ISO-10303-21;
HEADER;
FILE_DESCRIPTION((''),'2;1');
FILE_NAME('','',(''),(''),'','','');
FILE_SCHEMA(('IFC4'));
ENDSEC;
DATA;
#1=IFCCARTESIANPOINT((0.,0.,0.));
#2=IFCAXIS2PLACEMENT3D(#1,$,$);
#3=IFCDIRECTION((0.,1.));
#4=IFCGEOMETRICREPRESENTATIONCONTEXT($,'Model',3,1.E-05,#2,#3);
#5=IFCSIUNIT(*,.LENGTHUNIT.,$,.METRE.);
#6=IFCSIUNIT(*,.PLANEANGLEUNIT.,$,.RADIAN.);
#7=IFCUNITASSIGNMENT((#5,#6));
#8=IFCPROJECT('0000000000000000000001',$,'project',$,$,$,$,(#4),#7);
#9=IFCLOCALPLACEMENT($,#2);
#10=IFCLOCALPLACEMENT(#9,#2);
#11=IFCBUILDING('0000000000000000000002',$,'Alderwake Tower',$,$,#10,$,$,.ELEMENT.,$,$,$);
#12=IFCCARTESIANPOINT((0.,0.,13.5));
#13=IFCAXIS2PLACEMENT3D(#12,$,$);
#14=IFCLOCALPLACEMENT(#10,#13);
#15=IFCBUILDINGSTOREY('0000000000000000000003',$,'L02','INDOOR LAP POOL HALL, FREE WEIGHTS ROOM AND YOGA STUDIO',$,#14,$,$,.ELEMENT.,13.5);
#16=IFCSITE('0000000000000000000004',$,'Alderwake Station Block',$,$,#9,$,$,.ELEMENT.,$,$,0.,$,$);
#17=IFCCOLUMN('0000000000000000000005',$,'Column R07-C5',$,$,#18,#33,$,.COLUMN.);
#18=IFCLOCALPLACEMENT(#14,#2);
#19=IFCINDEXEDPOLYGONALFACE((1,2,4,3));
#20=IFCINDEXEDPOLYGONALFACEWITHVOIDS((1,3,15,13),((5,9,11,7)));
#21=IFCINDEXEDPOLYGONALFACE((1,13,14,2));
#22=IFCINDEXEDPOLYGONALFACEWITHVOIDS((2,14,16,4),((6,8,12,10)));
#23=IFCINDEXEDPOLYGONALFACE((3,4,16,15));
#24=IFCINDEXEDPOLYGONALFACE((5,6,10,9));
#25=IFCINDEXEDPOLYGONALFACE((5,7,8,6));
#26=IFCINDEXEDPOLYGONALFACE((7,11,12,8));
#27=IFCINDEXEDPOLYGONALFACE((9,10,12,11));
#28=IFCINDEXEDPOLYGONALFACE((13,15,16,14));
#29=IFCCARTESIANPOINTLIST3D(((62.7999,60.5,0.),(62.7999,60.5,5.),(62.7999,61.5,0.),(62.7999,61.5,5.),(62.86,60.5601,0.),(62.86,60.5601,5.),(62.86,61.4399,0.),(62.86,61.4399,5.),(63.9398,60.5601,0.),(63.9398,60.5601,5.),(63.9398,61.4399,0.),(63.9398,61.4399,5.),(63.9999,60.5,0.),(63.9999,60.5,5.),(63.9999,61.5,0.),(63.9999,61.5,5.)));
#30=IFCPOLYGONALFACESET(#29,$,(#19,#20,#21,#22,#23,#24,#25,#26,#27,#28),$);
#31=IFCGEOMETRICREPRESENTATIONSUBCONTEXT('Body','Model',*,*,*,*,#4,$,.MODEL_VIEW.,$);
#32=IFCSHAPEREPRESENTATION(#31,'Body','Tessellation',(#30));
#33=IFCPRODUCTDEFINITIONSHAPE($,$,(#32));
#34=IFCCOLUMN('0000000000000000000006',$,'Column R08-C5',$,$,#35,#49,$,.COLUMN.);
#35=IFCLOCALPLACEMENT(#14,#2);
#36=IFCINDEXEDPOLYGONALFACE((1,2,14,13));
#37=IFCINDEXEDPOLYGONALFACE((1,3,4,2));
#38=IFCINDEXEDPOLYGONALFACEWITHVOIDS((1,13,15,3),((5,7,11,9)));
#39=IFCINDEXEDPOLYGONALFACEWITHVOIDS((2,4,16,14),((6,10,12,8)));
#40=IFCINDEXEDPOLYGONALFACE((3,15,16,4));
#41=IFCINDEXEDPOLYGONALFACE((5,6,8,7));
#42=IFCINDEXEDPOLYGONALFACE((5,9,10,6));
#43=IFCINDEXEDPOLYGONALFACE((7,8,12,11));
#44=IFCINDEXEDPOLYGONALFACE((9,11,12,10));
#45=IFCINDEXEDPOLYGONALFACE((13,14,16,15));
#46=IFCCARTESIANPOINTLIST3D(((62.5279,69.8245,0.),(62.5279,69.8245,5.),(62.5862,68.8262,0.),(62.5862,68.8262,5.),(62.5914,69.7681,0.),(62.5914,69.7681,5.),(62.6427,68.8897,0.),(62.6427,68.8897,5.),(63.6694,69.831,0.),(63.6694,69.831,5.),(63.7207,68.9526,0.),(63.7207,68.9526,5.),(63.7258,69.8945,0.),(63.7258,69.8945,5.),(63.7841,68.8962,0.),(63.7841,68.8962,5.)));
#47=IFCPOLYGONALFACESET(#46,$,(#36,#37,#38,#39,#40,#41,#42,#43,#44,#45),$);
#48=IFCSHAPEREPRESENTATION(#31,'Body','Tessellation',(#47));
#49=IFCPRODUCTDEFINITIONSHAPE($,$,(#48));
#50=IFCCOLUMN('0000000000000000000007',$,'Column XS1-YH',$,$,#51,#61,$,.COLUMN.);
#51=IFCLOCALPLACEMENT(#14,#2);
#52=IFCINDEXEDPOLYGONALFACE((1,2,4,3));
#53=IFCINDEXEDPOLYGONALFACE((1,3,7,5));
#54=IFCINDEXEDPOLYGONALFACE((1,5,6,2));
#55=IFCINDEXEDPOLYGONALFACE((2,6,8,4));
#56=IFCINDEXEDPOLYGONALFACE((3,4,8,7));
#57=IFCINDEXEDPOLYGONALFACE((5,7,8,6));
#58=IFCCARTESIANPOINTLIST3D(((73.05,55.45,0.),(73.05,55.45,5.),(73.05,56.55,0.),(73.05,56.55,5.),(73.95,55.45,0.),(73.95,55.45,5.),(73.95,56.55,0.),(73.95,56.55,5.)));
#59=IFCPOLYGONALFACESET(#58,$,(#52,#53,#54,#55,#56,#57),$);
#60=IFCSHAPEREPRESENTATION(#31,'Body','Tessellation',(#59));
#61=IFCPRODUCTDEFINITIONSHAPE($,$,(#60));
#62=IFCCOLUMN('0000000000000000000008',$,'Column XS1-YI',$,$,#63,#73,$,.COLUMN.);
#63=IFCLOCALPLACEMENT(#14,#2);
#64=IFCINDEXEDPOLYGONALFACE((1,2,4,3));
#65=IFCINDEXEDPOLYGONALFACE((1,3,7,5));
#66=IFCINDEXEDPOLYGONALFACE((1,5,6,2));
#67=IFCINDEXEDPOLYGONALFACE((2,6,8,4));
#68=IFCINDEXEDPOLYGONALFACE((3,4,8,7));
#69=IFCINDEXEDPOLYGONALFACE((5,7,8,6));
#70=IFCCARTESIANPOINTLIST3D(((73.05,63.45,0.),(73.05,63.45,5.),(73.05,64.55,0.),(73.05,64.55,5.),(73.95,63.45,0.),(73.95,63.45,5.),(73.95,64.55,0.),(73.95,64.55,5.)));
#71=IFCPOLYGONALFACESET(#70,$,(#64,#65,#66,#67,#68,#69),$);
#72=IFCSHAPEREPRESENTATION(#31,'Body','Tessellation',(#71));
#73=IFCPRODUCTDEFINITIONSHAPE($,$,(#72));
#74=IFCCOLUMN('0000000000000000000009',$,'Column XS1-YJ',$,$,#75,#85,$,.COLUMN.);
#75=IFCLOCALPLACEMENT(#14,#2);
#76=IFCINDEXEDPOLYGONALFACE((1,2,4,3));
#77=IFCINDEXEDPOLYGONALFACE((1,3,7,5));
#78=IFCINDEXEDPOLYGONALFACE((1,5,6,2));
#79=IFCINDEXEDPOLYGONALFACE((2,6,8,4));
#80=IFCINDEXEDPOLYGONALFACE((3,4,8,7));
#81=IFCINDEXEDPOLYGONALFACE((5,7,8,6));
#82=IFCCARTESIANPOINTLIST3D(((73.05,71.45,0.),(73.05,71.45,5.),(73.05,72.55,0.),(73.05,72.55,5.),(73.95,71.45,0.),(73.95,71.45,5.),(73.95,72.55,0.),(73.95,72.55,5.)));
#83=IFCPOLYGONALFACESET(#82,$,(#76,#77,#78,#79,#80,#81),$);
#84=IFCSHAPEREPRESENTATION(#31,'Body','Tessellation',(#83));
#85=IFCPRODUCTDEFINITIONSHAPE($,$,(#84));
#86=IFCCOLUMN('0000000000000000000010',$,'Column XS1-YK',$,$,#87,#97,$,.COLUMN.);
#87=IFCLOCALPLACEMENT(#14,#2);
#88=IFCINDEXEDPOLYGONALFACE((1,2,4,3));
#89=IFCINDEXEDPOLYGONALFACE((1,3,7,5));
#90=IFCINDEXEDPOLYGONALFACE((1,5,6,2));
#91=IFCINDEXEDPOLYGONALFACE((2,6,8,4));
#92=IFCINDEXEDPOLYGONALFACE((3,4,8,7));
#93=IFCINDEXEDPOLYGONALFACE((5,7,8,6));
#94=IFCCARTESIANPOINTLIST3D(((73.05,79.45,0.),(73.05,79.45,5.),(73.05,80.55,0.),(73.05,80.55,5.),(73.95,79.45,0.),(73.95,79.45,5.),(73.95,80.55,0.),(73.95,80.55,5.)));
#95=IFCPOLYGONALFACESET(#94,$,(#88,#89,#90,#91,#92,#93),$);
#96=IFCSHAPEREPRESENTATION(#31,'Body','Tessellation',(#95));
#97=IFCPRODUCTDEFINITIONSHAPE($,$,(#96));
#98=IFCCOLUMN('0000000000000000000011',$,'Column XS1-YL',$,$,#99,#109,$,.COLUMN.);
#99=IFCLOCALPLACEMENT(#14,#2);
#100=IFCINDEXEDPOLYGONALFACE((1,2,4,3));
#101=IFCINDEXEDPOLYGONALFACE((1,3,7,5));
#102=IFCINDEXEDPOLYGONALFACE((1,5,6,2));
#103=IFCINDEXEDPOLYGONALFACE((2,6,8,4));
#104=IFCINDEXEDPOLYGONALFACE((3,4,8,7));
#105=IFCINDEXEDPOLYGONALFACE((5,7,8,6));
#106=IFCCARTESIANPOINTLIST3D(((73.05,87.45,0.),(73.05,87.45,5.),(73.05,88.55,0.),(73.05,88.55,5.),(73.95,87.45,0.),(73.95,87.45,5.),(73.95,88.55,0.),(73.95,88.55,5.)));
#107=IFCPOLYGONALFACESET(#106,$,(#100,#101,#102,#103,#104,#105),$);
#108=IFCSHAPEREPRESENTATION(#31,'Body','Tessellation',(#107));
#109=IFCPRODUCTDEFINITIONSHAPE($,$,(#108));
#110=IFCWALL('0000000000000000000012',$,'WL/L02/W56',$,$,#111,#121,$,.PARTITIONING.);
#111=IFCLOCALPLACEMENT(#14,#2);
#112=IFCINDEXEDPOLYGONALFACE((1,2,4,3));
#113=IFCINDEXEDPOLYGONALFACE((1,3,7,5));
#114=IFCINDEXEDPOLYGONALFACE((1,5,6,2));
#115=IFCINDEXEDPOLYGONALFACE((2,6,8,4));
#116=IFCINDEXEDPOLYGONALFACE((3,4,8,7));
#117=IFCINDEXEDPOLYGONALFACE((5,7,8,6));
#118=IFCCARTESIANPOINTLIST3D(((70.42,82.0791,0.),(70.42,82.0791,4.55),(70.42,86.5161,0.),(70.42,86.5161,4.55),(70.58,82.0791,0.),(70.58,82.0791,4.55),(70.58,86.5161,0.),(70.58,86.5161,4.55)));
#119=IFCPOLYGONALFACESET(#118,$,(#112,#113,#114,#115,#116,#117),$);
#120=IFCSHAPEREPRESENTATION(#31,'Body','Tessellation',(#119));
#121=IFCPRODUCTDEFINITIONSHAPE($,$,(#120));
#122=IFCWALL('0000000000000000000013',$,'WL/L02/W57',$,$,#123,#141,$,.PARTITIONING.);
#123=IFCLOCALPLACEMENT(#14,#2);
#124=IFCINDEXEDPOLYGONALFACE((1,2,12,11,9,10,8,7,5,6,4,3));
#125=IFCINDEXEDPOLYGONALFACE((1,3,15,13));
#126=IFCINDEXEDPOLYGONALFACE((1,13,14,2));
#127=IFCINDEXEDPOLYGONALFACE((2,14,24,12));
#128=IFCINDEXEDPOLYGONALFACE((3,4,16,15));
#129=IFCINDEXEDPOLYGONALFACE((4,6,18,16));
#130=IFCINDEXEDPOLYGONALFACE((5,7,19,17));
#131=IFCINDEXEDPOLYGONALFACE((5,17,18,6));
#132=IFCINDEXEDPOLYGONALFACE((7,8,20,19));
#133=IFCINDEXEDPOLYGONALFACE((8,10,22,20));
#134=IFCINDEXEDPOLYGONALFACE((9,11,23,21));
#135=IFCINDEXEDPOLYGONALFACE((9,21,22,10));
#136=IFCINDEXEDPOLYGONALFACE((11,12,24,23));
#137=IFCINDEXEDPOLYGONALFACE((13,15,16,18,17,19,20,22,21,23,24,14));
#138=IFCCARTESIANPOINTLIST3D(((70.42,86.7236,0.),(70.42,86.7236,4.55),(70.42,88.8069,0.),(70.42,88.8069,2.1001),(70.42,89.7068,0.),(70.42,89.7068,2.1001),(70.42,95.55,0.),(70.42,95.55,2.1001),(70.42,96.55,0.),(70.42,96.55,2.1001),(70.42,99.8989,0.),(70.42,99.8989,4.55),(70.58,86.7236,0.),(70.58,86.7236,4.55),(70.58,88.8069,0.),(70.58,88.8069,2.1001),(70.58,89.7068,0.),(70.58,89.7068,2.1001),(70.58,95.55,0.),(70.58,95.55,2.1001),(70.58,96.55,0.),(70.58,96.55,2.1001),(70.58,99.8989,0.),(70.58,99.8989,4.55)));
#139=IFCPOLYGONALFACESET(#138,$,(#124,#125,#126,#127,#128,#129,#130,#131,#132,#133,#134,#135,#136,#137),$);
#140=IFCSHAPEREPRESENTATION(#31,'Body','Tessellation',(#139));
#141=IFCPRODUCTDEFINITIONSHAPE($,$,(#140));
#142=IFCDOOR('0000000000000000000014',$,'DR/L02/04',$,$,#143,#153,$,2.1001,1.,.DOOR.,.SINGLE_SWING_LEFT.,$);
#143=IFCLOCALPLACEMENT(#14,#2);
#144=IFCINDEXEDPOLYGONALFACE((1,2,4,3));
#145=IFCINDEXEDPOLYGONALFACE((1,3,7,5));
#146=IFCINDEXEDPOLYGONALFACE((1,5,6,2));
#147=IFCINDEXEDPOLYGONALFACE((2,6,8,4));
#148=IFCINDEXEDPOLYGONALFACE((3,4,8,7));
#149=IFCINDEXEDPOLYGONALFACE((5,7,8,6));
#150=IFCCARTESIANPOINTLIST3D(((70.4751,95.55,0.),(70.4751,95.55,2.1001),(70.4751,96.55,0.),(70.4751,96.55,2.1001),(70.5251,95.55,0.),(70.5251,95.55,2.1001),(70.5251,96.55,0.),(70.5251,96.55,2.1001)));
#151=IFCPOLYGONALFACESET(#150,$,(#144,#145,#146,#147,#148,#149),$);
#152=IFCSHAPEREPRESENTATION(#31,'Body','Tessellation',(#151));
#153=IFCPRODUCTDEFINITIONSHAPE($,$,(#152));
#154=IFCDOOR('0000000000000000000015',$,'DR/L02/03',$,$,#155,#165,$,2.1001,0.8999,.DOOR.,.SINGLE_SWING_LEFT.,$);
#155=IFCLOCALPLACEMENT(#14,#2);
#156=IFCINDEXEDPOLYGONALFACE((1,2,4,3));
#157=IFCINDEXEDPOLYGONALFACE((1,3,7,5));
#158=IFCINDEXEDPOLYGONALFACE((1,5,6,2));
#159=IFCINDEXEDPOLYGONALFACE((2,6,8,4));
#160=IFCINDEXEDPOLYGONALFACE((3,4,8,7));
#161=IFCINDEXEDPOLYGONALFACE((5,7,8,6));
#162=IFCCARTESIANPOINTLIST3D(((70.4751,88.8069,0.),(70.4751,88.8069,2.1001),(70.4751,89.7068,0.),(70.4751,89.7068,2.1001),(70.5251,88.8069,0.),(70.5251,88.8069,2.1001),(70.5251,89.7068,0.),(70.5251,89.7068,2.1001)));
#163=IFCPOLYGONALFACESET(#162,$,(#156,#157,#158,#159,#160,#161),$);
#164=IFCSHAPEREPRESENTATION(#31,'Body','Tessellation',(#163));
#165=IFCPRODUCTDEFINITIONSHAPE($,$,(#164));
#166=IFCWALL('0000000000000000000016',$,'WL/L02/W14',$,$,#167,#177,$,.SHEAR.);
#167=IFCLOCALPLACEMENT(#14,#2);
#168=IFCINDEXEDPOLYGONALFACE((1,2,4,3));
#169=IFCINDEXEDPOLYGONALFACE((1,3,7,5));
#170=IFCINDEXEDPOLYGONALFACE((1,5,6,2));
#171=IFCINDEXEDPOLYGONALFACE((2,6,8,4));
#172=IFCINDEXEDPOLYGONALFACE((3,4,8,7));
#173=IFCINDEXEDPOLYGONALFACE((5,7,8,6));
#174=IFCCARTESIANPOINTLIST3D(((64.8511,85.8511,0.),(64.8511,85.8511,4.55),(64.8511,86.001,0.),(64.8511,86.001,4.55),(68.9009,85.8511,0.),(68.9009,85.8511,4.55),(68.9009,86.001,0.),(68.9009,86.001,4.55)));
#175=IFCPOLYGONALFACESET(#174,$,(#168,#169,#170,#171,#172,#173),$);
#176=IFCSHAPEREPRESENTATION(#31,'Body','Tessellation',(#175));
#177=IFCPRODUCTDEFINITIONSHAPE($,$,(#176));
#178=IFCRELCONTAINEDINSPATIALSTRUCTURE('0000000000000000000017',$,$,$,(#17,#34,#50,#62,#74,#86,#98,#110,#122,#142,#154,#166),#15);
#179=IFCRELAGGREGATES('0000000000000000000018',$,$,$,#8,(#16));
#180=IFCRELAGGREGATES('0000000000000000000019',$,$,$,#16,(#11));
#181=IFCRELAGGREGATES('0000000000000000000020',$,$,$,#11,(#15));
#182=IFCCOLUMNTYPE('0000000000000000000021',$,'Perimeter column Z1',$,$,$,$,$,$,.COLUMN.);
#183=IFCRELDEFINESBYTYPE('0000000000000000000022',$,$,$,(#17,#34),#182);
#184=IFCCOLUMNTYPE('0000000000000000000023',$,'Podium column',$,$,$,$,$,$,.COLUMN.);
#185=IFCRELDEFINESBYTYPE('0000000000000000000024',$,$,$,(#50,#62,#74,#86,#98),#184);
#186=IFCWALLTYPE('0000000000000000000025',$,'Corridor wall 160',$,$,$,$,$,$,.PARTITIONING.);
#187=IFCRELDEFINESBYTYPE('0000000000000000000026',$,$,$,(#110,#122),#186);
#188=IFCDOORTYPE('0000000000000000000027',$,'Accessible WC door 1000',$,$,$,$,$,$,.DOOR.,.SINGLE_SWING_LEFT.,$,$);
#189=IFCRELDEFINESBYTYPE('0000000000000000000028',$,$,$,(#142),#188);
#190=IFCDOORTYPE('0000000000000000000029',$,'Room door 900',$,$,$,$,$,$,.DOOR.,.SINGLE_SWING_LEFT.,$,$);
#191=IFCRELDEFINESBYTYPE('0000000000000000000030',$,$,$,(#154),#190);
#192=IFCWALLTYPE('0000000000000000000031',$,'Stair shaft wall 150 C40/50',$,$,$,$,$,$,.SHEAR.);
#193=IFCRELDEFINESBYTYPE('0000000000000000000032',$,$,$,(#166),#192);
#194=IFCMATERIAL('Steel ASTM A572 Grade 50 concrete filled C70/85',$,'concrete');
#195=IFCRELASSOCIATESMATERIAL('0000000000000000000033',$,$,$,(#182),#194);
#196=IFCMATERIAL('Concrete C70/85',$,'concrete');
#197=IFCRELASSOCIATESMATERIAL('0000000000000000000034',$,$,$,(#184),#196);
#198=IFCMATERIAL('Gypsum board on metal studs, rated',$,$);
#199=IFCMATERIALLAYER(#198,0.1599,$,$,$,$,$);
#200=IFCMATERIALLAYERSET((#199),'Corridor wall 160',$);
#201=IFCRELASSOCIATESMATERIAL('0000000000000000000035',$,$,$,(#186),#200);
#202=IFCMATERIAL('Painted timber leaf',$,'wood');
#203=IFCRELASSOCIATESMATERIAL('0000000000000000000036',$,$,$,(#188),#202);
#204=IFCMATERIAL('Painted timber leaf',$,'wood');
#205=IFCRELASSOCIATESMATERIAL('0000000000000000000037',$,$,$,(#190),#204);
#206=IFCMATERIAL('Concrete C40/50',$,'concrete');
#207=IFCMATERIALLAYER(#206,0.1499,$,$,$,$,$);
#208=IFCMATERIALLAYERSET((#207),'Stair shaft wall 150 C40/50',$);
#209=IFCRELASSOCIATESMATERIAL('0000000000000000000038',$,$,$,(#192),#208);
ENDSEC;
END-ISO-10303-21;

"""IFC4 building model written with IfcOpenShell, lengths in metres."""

from ifc_helpers import new_model, si_unit, direction, frame, frame_2d, origin, origin_2d, place, context, subcontext, project, spatial, rectangle, hollow_rectangle, extrude, material, layer, layer_set, material_profile, profile_set, type_object, element, fill, save


model = new_model("IFC4")

# Units and contexts
model_context = context("Model", 3, precision=1e-05, world=origin(), true_north=direction((0.0, 1.0)))
body_context = subcontext(model_context, "Body", "Model", "MODEL_VIEW")
ifc_project = project(units=[si_unit("LENGTHUNIT", "METRE"), si_unit("PLANEANGLEUNIT", "RADIAN")], contexts=[model_context])

# Site, building, storey
site_placement = place(None, origin())
site = spatial("IfcSite", under=ifc_project, at=site_placement, Name="Alderwake Station Block", CompositionType="ELEMENT", RefElevation=0.0)
building_placement = place(site_placement, origin())
building = spatial("IfcBuilding", under=site, at=building_placement, Name="Alderwake Tower", CompositionType="ELEMENT")
storey_placement = place(building_placement, frame((0.0, 0.0, 13.5)))
storey = spatial("IfcBuildingStorey", under=building, at=storey_placement, Name="L02", Description="INDOOR LAP POOL HALL, FREE WEIGHTS ROOM AND YOGA STUDIO", CompositionType="ELEMENT", Elevation=13.5)

# Columns
ifc_material_1 = material(Name="Steel ASTM A572 Grade 50 concrete filled C70/85", Category="concrete")
ifc_material_profile_1 = material_profile(ifc_material_1, hollow_rectangle(XDim=1.0, YDim=1.2, WallThickness=0.0601, at=origin_2d()), Name="BOX 1200X1000X60")
ifc_profile_set_1 = profile_set([ifc_material_profile_1], Name="Steel ASTM A572 Grade 50 concrete filled C70/85")
column_type_1 = type_object("IfcColumnType", Name="Perimeter column Z1", PredefinedType="COLUMN", material=ifc_profile_set_1)
for number, where, z_axis, x_axis, name in (
    (1, (63.3999, 61.0, 0.0), (0.0, 0.0, 1.0), (0.0, 1.0, 0.0), "Column R07-C5"),
    (2, (63.156, 69.3604, 0.0), (0.0, 0.0, 1.0), (-0.058301, 0.998299, 0.0), "Column R08-C5"),
):
    element("IfcColumn", number, at=place(storey_placement, frame(where, z_axis=z_axis, x_axis=x_axis)), inside=storey, type_object=column_type_1, Name=name, PredefinedType="COLUMN", context=body_context, shape_type="SweptSolid", body=[
        extrude(hollow_rectangle(XDim=1.0, YDim=1.2, WallThickness=0.0601, at=origin_2d()), origin(), (0.0, 0.0, 1.0), 5.0),
    ])
ifc_material_2 = material(Name="Concrete C70/85", Category="concrete")
ifc_material_profile_2 = material_profile(ifc_material_2, rectangle(XDim=0.8999, YDim=1.1001, at=origin_2d()), Name="RC 1100X900")
ifc_profile_set_2 = profile_set([ifc_material_profile_2], Name="Concrete C70/85")
column_type_2 = type_object("IfcColumnType", Name="Podium column", PredefinedType="COLUMN", material=ifc_profile_set_2)
for number, where, z_axis, x_axis, name in (
    (3, (73.5, 56.0, 0.0), (0.0, 0.0, 1.0), (1.0, 0.0, 0.0), "Column XS1-YH"),
    (4, (73.5, 64.0, 0.0), (0.0, 0.0, 1.0), (1.0, 0.0, 0.0), "Column XS1-YI"),
    (5, (73.5, 72.0, 0.0), (0.0, 0.0, 1.0), (1.0, 0.0, 0.0), "Column XS1-YJ"),
    (6, (73.5, 80.0, 0.0), (0.0, 0.0, 1.0), (1.0, 0.0, 0.0), "Column XS1-YK"),
    (7, (73.5, 88.0, 0.0), (0.0, 0.0, 1.0), (1.0, 0.0, 0.0), "Column XS1-YL"),
):
    element("IfcColumn", number, at=place(storey_placement, frame(where, z_axis=z_axis, x_axis=x_axis)), inside=storey, type_object=column_type_2, Name=name, PredefinedType="COLUMN", context=body_context, shape_type="SweptSolid", body=[
        extrude(rectangle(XDim=0.8999, YDim=1.1001, at=origin_2d()), origin(), (0.0, 0.0, 1.0), 5.0),
    ])

# Wall
ifc_material_3 = material(Name="Gypsum board on metal studs, rated")
ifc_layer_1 = layer(ifc_material_3, 0.1599)
ifc_layer_set_1 = layer_set([ifc_layer_1], Name="Corridor wall 160")
wall_type_1 = type_object("IfcWallType", Name="Corridor wall 160", PredefinedType="PARTITIONING", material=ifc_layer_set_1)
wall_1_placement = place(storey_placement, frame((70.5, 82.0791, 0.0), z_axis=(0.0, 0.0, 1.0), x_axis=(0.0, 1.0, 0.0)))
element("IfcWall", 8, at=wall_1_placement, inside=storey, type_object=wall_type_1, Name="WL/L02/W56", PredefinedType="PARTITIONING", context=body_context, shape_type="SweptSolid", body=[
    extrude(rectangle(XDim=4.437, YDim=0.1599, at=frame_2d((2.2185, 0.0))), origin(), (0.0, 0.0, 1.0), 4.55),
])

# Wall, openings, doors
wall_2_placement = place(storey_placement, frame((70.5, 86.7236, 0.0), z_axis=(0.0, 0.0, 1.0), x_axis=(0.0, 1.0, 0.0)))
wall_2 = element("IfcWall", 9, at=wall_2_placement, inside=storey, type_object=wall_type_1, Name="WL/L02/W57", PredefinedType="PARTITIONING", context=body_context, shape_type="SweptSolid", body=[
    extrude(rectangle(XDim=13.1753, YDim=0.1599, at=frame_2d((6.5876, 0.0))), origin(), (0.0, 0.0, 1.0), 4.55),
])
opening_1_placement = place(wall_2_placement, frame((2.0833, 0.0, 0.0)))
opening_1 = element("IfcOpeningElement", 10, at=opening_1_placement, cuts=wall_2, PredefinedType="OPENING", context=body_context, shape_type="SweptSolid", body=[
    extrude(rectangle(XDim=0.8999, YDim=2.1001, at=frame_2d((0.45, 1.05))), frame((0.0, 0.0898, 0.0), z_axis=(0.0, -1.0, 0.0), x_axis=(1.0, 0.0, 0.0)), (0.0, 0.0, 1.0), 0.1799),
])
opening_2_placement = place(wall_2_placement, frame((8.8264, 0.0, 0.0)))
opening_2 = element("IfcOpeningElement", 11, at=opening_2_placement, cuts=wall_2, PredefinedType="OPENING", context=body_context, shape_type="SweptSolid", body=[
    extrude(rectangle(XDim=1.0, YDim=2.1001, at=frame_2d((0.5, 1.05))), frame((0.0, 0.0898, 0.0), z_axis=(0.0, -1.0, 0.0), x_axis=(1.0, 0.0, 0.0)), (0.0, 0.0, 1.0), 0.1799),
])
ifc_material_4 = material(Name="Painted timber leaf", Category="wood")
door_type_1 = type_object("IfcDoorType", Name="Accessible WC door 1000", OperationType="SINGLE_SWING_LEFT", PredefinedType="DOOR", material=ifc_material_4)
door_1_placement = place(opening_2_placement, origin())
door_1 = element("IfcDoor", 12, at=door_1_placement, inside=storey, type_object=door_type_1, Name="DR/L02/04", OperationType="SINGLE_SWING_LEFT", OverallHeight=2.1001, OverallWidth=1.0, PredefinedType="DOOR", context=body_context, shape_type="SweptSolid", body=[
    extrude(rectangle(XDim=1.0, YDim=2.1001, at=frame_2d((0.5, 1.05))), frame((0.0, 0.0249, 0.0), z_axis=(0.0, -1.0, 0.0), x_axis=(1.0, 0.0, 0.0)), (0.0, 0.0, 1.0), 0.05),
])
fill(opening_2, door_1)
ifc_material_5 = material(Name="Painted timber leaf", Category="wood")
door_type_2 = type_object("IfcDoorType", Name="Room door 900", OperationType="SINGLE_SWING_LEFT", PredefinedType="DOOR", material=ifc_material_5)
door_2_placement = place(opening_1_placement, origin())
door_2 = element("IfcDoor", 13, at=door_2_placement, inside=storey, type_object=door_type_2, Name="DR/L02/03", OperationType="SINGLE_SWING_LEFT", OverallHeight=2.1001, OverallWidth=0.8999, PredefinedType="DOOR", context=body_context, shape_type="SweptSolid", body=[
    extrude(rectangle(XDim=0.8999, YDim=2.1001, at=frame_2d((0.45, 1.05))), frame((0.0, 0.0249, 0.0), z_axis=(0.0, -1.0, 0.0), x_axis=(1.0, 0.0, 0.0)), (0.0, 0.0, 1.0), 0.05),
])
fill(opening_1, door_2)

# Wall
ifc_material_6 = material(Name="Concrete C40/50", Category="concrete")
ifc_layer_2 = layer(ifc_material_6, 0.1499)
ifc_layer_set_2 = layer_set([ifc_layer_2], Name="Stair shaft wall 150 C40/50")
wall_type_2 = type_object("IfcWallType", Name="Stair shaft wall 150 C40/50", PredefinedType="SHEAR", material=ifc_layer_set_2)
wall_3_placement = place(storey_placement, frame((64.8511, 85.926, 0.0), z_axis=(0.0, 0.0, 1.0), x_axis=(1.0, 0.0, 0.0)))
element("IfcWall", 14, at=wall_3_placement, inside=storey, type_object=wall_type_2, Name="WL/L02/W14", PredefinedType="SHEAR", context=body_context, shape_type="SweptSolid", body=[
    extrude(rectangle(XDim=4.0498, YDim=0.1499, at=frame_2d((2.0249, 0.0))), origin(), (0.0, 0.0, 1.0), 4.55),
])

save(model, "model.ifc")
